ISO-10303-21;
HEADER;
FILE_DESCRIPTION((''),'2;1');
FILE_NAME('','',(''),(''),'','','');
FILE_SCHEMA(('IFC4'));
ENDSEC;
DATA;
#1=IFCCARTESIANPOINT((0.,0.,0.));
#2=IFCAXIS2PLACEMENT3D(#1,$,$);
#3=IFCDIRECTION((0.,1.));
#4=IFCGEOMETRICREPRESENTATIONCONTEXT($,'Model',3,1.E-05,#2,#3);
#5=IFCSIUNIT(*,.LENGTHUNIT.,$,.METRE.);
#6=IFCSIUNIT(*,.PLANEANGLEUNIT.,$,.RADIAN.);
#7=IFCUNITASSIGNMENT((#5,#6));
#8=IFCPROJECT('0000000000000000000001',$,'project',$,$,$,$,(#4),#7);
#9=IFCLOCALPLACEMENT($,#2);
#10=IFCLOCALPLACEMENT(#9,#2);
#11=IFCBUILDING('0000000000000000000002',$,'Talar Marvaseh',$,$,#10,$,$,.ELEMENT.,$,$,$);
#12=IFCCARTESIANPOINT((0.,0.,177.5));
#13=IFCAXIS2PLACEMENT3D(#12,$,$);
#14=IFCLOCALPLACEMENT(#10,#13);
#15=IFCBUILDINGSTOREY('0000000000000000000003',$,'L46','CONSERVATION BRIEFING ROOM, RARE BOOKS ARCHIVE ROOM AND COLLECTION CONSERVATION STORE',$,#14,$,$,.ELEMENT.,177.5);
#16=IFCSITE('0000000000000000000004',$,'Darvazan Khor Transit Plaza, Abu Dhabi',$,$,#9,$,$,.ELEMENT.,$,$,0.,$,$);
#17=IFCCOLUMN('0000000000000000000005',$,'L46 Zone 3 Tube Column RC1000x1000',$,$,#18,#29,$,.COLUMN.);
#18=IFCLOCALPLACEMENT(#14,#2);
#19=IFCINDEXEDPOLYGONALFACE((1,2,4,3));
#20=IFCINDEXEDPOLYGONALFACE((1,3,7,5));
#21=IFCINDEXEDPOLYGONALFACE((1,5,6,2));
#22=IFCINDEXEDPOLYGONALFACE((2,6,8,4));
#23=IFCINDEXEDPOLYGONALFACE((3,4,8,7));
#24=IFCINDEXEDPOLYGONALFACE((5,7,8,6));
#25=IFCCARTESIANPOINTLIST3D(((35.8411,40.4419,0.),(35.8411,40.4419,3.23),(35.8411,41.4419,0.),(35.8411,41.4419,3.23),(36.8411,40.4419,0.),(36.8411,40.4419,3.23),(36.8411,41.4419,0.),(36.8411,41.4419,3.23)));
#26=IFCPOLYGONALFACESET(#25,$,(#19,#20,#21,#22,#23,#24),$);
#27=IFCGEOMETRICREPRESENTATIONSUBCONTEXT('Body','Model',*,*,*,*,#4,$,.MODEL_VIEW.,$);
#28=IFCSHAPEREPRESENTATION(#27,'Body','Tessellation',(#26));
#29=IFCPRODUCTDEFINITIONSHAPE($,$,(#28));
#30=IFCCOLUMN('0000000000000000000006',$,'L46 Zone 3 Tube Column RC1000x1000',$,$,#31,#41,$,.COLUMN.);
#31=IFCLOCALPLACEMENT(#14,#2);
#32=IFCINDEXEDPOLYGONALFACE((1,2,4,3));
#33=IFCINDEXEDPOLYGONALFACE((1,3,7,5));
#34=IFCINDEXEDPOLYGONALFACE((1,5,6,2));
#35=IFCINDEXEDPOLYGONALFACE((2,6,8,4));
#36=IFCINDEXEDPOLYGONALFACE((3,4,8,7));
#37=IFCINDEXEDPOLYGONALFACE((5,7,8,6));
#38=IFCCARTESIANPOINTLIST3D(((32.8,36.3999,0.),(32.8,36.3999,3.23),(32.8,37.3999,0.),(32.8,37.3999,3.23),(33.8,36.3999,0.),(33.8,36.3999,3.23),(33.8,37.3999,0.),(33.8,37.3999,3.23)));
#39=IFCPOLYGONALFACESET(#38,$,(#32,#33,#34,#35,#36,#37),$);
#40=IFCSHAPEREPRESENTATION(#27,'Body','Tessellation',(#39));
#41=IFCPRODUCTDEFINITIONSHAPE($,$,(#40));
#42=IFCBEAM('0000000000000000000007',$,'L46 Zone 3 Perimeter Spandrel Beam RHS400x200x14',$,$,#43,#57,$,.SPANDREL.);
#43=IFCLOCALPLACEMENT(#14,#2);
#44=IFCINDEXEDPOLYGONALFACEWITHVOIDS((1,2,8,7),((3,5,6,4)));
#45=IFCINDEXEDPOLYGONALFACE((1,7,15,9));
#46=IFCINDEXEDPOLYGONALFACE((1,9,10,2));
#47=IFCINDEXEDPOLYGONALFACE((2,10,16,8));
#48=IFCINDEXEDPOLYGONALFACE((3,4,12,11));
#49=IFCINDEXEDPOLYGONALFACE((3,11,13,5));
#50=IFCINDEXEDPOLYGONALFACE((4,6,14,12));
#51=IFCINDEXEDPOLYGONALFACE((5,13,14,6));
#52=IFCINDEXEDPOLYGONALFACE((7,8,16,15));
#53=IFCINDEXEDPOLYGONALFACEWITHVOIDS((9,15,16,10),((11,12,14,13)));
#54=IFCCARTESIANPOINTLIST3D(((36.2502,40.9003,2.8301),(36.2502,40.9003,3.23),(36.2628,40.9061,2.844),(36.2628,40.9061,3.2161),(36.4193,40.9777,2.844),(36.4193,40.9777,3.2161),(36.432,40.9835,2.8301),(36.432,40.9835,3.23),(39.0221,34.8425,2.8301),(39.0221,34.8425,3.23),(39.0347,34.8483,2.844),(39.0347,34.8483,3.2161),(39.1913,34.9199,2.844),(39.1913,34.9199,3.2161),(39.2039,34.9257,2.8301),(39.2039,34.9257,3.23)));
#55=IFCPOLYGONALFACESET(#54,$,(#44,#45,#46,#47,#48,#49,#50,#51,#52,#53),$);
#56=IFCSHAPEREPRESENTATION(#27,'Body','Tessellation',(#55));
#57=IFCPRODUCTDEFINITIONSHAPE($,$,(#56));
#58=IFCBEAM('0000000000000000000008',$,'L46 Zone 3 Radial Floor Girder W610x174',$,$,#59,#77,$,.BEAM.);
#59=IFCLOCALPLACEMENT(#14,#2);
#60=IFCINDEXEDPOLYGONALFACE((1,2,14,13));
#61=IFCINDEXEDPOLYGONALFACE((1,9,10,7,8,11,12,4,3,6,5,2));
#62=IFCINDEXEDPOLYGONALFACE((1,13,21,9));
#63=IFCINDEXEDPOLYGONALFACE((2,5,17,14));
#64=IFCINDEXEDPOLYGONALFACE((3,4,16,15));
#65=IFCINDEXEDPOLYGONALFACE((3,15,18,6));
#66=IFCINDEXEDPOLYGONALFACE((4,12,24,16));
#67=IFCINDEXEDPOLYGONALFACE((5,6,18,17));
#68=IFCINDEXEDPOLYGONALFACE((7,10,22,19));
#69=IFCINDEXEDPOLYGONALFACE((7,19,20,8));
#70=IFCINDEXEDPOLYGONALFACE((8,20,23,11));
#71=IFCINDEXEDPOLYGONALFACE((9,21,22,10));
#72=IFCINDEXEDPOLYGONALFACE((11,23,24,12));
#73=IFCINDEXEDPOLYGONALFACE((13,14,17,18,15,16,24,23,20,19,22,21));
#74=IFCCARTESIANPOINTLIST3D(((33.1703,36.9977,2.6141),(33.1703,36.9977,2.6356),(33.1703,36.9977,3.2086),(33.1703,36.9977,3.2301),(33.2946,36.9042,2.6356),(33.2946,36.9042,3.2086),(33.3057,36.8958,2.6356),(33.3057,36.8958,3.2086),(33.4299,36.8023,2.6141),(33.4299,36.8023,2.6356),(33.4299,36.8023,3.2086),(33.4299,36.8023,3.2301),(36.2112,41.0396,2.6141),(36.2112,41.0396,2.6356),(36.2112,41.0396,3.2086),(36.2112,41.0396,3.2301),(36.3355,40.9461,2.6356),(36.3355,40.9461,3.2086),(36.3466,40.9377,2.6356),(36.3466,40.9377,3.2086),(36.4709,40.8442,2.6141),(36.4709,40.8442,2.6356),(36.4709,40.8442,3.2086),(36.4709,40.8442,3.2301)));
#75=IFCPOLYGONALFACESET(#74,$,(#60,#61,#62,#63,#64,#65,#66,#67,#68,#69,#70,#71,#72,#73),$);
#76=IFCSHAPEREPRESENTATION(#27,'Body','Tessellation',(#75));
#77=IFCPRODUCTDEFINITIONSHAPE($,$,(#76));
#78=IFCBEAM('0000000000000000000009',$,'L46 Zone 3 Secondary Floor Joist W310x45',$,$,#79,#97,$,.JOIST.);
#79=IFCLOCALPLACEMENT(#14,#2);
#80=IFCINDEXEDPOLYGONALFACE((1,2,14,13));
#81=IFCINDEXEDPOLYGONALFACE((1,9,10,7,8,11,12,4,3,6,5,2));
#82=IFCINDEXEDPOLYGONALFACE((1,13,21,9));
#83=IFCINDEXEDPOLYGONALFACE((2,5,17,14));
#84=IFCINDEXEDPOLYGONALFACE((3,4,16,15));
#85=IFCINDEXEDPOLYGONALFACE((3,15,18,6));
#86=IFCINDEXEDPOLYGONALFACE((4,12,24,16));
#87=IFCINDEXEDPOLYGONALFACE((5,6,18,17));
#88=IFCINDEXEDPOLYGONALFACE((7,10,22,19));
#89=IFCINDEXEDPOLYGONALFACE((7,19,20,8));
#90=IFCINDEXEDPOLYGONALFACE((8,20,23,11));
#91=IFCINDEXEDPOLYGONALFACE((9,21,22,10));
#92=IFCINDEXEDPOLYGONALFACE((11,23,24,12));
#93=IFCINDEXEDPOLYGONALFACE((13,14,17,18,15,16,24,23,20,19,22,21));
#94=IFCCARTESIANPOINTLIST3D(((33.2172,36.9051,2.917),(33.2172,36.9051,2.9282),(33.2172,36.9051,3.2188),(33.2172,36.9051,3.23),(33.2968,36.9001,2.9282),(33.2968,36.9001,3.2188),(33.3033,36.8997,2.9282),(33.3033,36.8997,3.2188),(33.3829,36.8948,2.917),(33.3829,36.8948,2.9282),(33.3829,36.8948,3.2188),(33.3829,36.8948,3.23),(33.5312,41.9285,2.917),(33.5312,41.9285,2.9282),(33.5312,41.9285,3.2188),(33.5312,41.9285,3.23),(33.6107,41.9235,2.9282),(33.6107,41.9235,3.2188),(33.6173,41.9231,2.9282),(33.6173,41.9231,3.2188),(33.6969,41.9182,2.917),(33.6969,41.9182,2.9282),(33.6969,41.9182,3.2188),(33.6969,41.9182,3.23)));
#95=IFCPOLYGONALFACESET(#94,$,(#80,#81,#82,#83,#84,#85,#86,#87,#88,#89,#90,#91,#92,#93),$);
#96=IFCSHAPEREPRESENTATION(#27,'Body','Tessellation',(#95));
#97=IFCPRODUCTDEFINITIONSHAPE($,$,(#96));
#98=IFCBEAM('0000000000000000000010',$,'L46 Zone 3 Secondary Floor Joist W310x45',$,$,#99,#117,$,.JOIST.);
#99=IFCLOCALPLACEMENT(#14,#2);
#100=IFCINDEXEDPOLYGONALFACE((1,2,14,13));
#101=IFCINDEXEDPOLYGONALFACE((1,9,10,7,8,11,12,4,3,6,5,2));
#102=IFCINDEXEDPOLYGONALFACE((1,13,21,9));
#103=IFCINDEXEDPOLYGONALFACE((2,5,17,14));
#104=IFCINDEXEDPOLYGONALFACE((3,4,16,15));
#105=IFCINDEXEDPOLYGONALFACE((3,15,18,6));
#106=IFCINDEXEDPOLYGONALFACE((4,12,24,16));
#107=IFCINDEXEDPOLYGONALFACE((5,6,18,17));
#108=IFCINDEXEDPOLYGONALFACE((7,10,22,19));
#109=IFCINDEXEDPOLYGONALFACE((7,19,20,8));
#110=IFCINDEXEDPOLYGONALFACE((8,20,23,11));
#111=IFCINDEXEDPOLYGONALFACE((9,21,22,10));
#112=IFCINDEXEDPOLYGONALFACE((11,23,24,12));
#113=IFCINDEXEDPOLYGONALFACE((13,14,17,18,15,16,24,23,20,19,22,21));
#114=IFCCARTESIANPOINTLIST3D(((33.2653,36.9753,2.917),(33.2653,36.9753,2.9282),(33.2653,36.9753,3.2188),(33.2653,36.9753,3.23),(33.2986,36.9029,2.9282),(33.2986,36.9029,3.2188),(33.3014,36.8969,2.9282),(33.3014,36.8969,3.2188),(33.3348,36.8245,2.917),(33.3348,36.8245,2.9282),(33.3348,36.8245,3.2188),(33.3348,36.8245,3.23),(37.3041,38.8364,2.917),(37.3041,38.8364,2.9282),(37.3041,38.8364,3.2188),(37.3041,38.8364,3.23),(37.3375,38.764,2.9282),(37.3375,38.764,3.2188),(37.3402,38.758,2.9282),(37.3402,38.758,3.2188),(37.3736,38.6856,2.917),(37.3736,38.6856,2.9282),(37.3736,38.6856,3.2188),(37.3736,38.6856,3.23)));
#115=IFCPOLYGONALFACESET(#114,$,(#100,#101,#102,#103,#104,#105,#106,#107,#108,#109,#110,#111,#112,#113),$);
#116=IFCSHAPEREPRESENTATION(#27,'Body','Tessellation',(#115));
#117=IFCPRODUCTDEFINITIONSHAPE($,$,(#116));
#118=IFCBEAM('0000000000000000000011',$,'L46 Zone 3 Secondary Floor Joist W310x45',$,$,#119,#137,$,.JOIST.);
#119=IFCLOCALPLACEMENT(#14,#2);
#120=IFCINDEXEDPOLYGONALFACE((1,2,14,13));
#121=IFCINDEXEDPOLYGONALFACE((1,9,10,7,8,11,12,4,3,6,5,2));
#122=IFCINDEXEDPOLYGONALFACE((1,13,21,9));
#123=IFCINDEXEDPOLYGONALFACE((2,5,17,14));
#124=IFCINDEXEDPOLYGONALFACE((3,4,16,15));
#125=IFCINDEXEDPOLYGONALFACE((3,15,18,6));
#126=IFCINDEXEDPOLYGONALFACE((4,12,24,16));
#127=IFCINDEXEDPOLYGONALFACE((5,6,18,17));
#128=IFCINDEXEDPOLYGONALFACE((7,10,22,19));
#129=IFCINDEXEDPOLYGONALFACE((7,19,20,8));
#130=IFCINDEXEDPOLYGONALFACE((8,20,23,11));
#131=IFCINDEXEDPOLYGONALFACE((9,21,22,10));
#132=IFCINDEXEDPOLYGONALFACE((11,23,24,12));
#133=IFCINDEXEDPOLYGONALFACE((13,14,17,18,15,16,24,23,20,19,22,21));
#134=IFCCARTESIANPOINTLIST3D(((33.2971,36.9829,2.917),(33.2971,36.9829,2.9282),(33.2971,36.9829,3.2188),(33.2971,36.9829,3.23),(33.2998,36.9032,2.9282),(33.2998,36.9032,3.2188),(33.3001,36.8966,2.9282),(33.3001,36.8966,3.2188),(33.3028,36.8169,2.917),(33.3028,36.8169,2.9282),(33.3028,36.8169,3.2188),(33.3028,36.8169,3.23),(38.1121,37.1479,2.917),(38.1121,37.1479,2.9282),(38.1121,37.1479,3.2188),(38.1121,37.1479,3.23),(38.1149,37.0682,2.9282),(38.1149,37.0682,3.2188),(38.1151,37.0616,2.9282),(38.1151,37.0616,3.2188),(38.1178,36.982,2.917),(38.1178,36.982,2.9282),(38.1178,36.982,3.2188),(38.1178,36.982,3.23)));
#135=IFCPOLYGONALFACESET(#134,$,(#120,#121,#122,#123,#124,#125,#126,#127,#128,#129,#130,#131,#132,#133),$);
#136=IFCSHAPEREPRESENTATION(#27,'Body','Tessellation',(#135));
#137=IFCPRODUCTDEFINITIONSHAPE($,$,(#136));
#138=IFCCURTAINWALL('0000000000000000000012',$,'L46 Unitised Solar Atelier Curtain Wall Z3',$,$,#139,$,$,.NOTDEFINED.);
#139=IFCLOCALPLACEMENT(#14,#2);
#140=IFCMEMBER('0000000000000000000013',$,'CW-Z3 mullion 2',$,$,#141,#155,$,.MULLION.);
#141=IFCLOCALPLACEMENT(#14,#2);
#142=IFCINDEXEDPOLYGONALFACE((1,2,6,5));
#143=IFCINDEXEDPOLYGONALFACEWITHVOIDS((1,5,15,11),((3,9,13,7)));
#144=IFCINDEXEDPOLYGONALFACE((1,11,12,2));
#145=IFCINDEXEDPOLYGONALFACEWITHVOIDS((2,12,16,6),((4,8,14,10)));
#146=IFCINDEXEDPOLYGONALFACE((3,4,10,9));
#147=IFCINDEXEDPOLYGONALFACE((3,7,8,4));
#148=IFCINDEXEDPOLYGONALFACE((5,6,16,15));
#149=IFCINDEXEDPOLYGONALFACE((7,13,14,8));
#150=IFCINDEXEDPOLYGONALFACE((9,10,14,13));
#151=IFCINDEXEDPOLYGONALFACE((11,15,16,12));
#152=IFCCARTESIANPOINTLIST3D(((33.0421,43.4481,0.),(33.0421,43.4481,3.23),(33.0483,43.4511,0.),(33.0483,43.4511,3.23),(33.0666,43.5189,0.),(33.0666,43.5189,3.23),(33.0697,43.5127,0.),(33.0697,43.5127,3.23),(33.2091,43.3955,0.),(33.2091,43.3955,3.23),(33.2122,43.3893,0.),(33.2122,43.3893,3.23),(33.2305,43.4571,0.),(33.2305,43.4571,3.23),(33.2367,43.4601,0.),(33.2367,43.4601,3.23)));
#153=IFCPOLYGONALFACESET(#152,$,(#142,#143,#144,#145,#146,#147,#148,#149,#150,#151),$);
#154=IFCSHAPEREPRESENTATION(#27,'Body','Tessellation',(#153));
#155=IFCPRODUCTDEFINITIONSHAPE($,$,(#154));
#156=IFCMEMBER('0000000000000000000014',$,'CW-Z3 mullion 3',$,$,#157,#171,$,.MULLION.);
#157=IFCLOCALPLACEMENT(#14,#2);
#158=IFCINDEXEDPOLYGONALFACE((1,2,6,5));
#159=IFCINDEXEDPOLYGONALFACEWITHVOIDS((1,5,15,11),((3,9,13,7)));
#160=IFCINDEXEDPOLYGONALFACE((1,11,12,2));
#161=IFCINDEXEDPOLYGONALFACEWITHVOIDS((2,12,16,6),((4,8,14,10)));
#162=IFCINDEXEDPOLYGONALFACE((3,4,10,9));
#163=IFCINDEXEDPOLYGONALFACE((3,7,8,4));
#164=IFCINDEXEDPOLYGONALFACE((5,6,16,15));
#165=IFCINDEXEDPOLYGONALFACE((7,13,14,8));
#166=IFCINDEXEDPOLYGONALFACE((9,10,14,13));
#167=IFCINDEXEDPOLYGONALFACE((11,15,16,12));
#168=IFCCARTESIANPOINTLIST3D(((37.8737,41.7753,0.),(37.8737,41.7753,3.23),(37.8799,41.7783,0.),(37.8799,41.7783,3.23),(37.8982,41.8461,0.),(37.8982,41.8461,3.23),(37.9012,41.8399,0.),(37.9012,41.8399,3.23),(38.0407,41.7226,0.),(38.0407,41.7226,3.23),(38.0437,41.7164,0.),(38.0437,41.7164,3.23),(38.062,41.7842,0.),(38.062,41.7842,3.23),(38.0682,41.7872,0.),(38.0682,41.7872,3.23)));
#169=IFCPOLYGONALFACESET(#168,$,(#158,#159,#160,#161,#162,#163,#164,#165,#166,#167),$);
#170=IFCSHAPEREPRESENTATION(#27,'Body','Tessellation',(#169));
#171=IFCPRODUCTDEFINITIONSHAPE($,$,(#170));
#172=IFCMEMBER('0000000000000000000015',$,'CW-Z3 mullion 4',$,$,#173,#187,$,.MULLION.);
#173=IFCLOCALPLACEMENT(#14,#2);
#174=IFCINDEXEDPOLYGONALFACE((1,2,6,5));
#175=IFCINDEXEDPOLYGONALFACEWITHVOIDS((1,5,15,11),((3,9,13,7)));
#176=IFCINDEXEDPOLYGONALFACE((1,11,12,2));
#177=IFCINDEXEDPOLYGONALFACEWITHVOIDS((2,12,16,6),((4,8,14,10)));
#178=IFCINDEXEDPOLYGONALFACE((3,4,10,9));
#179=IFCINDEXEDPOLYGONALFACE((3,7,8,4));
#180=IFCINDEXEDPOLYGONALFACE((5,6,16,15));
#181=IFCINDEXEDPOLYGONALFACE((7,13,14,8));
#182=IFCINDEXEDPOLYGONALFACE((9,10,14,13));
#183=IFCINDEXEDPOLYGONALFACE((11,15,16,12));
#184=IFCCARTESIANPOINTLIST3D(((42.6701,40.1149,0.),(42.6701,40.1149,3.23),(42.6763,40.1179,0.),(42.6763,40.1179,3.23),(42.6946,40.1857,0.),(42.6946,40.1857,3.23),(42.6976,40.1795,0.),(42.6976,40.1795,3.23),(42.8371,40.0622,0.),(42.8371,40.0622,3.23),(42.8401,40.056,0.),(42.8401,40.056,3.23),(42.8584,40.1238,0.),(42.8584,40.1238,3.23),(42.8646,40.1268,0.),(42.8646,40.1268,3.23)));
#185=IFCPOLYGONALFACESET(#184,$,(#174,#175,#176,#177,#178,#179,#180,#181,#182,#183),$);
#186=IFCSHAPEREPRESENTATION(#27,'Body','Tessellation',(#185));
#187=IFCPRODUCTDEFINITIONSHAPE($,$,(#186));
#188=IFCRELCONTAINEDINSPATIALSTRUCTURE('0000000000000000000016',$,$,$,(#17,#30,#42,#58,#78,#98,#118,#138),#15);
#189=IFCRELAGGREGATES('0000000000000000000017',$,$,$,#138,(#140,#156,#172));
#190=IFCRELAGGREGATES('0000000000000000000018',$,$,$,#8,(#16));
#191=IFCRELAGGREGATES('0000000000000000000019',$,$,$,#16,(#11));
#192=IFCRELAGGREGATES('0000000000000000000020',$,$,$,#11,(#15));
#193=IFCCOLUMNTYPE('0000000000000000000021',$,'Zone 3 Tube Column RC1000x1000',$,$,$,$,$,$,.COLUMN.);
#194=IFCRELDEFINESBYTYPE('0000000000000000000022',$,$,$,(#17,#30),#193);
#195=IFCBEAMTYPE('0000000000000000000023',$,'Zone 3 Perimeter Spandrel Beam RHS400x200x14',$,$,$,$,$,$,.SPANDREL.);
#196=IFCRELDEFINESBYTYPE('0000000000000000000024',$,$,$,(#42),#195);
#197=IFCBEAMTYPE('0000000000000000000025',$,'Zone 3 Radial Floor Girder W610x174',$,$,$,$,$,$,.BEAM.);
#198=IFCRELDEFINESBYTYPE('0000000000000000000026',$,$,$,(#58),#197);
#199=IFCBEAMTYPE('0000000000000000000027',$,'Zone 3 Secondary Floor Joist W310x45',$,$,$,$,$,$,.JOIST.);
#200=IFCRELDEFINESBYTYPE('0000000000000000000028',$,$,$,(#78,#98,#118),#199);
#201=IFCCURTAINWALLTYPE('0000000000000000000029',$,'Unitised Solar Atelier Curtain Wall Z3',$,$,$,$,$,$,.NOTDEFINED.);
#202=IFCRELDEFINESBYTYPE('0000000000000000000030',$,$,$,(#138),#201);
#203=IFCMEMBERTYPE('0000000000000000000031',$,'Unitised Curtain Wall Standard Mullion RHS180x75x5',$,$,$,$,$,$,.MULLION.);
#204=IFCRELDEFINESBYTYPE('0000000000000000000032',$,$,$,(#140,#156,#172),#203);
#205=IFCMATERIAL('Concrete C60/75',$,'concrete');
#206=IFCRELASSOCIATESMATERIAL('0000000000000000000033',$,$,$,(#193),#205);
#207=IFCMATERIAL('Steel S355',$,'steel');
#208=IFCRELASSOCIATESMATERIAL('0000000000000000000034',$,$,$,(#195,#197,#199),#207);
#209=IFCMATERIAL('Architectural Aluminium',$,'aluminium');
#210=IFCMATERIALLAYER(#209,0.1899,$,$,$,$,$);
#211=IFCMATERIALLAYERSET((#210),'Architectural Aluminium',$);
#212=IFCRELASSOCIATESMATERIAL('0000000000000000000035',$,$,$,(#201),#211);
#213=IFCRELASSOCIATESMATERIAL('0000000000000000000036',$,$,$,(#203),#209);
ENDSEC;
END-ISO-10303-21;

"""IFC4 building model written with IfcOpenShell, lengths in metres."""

from ifc_helpers import new_model, si_unit, direction, frame, origin, origin_2d, place, context, subcontext, project, spatial, rectangle, hollow_rectangle, i_section, extrude, source, transform, mapped, material, layer, layer_set, material_profile, profile_set, type_object, type_shapes, element, aggregate, save


model = new_model("IFC4")

# Units and contexts
model_context = context("Model", 3, precision=1e-05, world=origin(), true_north=direction((0.0, 1.0)))
body_context = subcontext(model_context, "Body", "Model", "MODEL_VIEW")
ifc_project = project(units=[si_unit("LENGTHUNIT", "METRE"), si_unit("PLANEANGLEUNIT", "RADIAN")], contexts=[model_context])

# Site, building, storey
site_placement = place(None, origin())
site = spatial("IfcSite", under=ifc_project, at=site_placement, Name="Darvazan Khor Transit Plaza, Abu Dhabi", CompositionType="ELEMENT", RefElevation=0.0)
building_placement = place(site_placement, origin())
building = spatial("IfcBuilding", under=site, at=building_placement, Name="Talar Marvaseh", CompositionType="ELEMENT")
storey_placement = place(building_placement, frame((0.0, 0.0, 177.5)))
storey = spatial("IfcBuildingStorey", under=building, at=storey_placement, Name="L46", Description="CONSERVATION BRIEFING ROOM, RARE BOOKS ARCHIVE ROOM AND COLLECTION CONSERVATION STORE", CompositionType="ELEMENT", Elevation=177.5)

# Columns
ifc_material_1 = material(Name="Concrete C60/75", Category="concrete")
ifc_material_profile_1 = material_profile(ifc_material_1, rectangle(XDim=1.0, YDim=1.0, at=origin_2d()), Name="RC1000x1000")
ifc_profile_set_1 = profile_set([ifc_material_profile_1], Name="Concrete C60/75")
column_type = type_object("IfcColumnType", Name="Zone 3 Tube Column RC1000x1000", PredefinedType="COLUMN", material=ifc_profile_set_1)
for number, where, z_axis, x_axis, name in (
    (1, (36.3411, 40.9419, 0.0), (0.0, 0.0, 1.0), (1.0, 0.0, 0.0), "L46 Zone 3 Tube Column RC1000x1000"),
    (2, (33.3, 36.8999, 0.0), (0.0, 0.0, 1.0), (1.0, 0.0, 0.0), "L46 Zone 3 Tube Column RC1000x1000"),
):
    element("IfcColumn", number, at=place(storey_placement, frame(where, z_axis=z_axis, x_axis=x_axis)), inside=storey, type_object=column_type, Name=name, PredefinedType="COLUMN", context=body_context, shape_type="SweptSolid", body=[
        extrude(rectangle(XDim=1.0, YDim=1.0, at=origin_2d()), origin(), (0.0, 0.0, 1.0), 3.23),
    ])

# Beams
ifc_material_2 = material(Name="Steel S355", Category="steel")
ifc_material_profile_2 = material_profile(ifc_material_2, hollow_rectangle(XDim=0.2, YDim=0.3999, WallThickness=0.0139, at=origin_2d()), Name="RHS400x200x14")
ifc_profile_set_2 = profile_set([ifc_material_profile_2], Name="Steel S355")
beam_type_1 = type_object("IfcBeamType", Name="Zone 3 Perimeter Spandrel Beam RHS400x200x14", PredefinedType="SPANDREL", material=ifc_profile_set_2)
beam_1_placement = place(storey_placement, frame((36.3411, 40.9419, 3.03), z_axis=(0.416091, -0.909323, 0.0), x_axis=(0.909323, 0.416091, 0.0)))
element("IfcBeam", 3, at=beam_1_placement, inside=storey, type_object=beam_type_1, Name="L46 Zone 3 Perimeter Spandrel Beam RHS400x200x14", PredefinedType="SPANDREL", context=body_context, shape_type="SweptSolid", body=[
    extrude(hollow_rectangle(XDim=0.2, YDim=0.3999, WallThickness=0.0139, at=origin_2d()), origin(), (0.0, 0.0, 1.0), 6.6619),
])
ifc_material_profile_3 = material_profile(ifc_material_2, i_section(OverallWidth=0.325, OverallDepth=0.616, WebThickness=0.0139, FlangeThickness=0.0215, at=origin_2d()), Name="W610x174")
ifc_profile_set_3 = profile_set([ifc_material_profile_3], Name="Steel S355")
beam_type_2 = type_object("IfcBeamType", Name="Zone 3 Radial Floor Girder W610x174", PredefinedType="BEAM", material=ifc_profile_set_3)
beam_2_placement = place(storey_placement, frame((36.3411, 40.9419, 2.9221), z_axis=(-0.601204, -0.799096, 0.0), x_axis=(0.799096, -0.601204, 0.0)))
element("IfcBeam", 4, at=beam_2_placement, inside=storey, type_object=beam_type_2, Name="L46 Zone 3 Radial Floor Girder W610x174", PredefinedType="BEAM", context=body_context, shape_type="SweptSolid", body=[
    extrude(i_section(OverallWidth=0.325, OverallDepth=0.616, WebThickness=0.0139, FlangeThickness=0.0215, at=origin_2d()), origin(), (0.0, 0.0, 1.0), 5.0581),
])
ifc_material_profile_4 = material_profile(ifc_material_2, i_section(OverallWidth=0.166, OverallDepth=0.313, WebThickness=0.0066, FlangeThickness=0.0112, at=origin_2d()), Name="W310x45")
ifc_profile_set_4 = profile_set([ifc_material_profile_4], Name="Steel S355")
beam_type_3 = type_object("IfcBeamType", Name="Zone 3 Secondary Floor Joist W310x45", PredefinedType="JOIST", material=ifc_profile_set_4)
beam_3_placement = place(storey_placement, frame((33.614, 41.9233, 3.0735), z_axis=(-0.062378, -0.998053, 0.0), x_axis=(0.998053, -0.062378, 0.0)))
element("IfcBeam", 5, at=beam_3_placement, inside=storey, type_object=beam_type_3, Name="L46 Zone 3 Secondary Floor Joist W310x45", PredefinedType="JOIST", context=body_context, shape_type="SweptSolid", body=[
    extrude(i_section(OverallWidth=0.166, OverallDepth=0.313, WebThickness=0.0066, FlangeThickness=0.0112, at=origin_2d()), origin(), (0.0, 0.0, 1.0), 5.0332),
])
beam_4_placement = place(storey_placement, frame((37.3389, 38.761, 3.0735), z_axis=(-0.908215, -0.418505, 0.0), x_axis=(0.418505, -0.908215, 0.0)))
element("IfcBeam", 6, at=beam_4_placement, inside=storey, type_object=beam_type_3, Name="L46 Zone 3 Secondary Floor Joist W310x45", PredefinedType="JOIST", context=body_context, shape_type="SweptSolid", body=[
    extrude(i_section(OverallWidth=0.166, OverallDepth=0.313, WebThickness=0.0066, FlangeThickness=0.0112, at=origin_2d()), origin(), (0.0, 0.0, 1.0), 4.447),
])
beam_5_placement = place(storey_placement, frame((38.115, 37.0649, 3.0735), z_axis=(-0.999413, -0.034256, 0.0), x_axis=(0.034256, -0.999413, 0.0)))
element("IfcBeam", 7, at=beam_5_placement, inside=storey, type_object=beam_type_3, Name="L46 Zone 3 Secondary Floor Joist W310x45", PredefinedType="JOIST", context=body_context, shape_type="SweptSolid", body=[
    extrude(i_section(OverallWidth=0.166, OverallDepth=0.313, WebThickness=0.0066, FlangeThickness=0.0112, at=origin_2d()), origin(), (0.0, 0.0, 1.0), 4.8179),
])

# Curtain wall, members
ifc_material_3 = material(Name="Architectural Aluminium", Category="aluminium")
ifc_layer_1 = layer(ifc_material_3, 0.1899)
ifc_layer_set_1 = layer_set([ifc_layer_1], Name="Architectural Aluminium")
curtain_wall_type = type_object("IfcCurtainWallType", Name="Unitised Solar Atelier Curtain Wall Z3", PredefinedType="NOTDEFINED", material=ifc_layer_set_1)
curtain_wall_1_placement = place(storey_placement, origin())
curtain_wall_1 = element("IfcCurtainWall", 8, at=curtain_wall_1_placement, inside=storey, type_object=curtain_wall_type, Name="L46 Unitised Solar Atelier Curtain Wall Z3", PredefinedType="NOTDEFINED")
ifc_material_profile_5 = material_profile(ifc_material_3, hollow_rectangle(XDim=0.075, YDim=0.1799, WallThickness=0.0049, at=origin_2d()), Name="RHS180x75x5")
ifc_profile_set_5 = profile_set([ifc_material_profile_5], Name="Architectural Aluminium")
member_type_1 = type_object("IfcMemberType", Name="Unitised Curtain Wall Standard Mullion RHS180x75x5", PredefinedType="MULLION", material=ifc_profile_set_5)
shared_shape_1 = source(origin(), body_context, "Body", "SweptSolid", [
    extrude(hollow_rectangle(XDim=0.075, YDim=0.1799, WallThickness=0.0049, at=origin_2d()), origin(), (0.0, 0.0, 1.0), 3.23),
])
type_shapes(member_type_1, [shared_shape_1])
member_1_placement = place(storey_placement, frame((33.1394, 43.4541, 0.0), z_axis=(0.0, 0.0, 1.0), x_axis=(0.327157, 0.94497, 0.0)))
member_1 = element("IfcMember", 9, at=member_1_placement, type_object=member_type_1, Name="CW-Z3 mullion 2", PredefinedType="MULLION", context=body_context, shape_type="MappedRepresentation", body=[
    mapped(shared_shape_1, transform((0.0, 0.0, 0.0), x_axis=(1.0, 0.0, 0.0), y_axis=(0.0, 1.0, 0.0), z_axis=(0.0, 0.0, 1.0), scale=1.0)),
])
member_2_placement = place(storey_placement, frame((37.9709, 41.7812, 0.0), z_axis=(0.0, 0.0, 1.0), x_axis=(0.327157, 0.94497, 0.0)))
member_2 = element("IfcMember", 10, at=member_2_placement, type_object=member_type_1, Name="CW-Z3 mullion 3", PredefinedType="MULLION", context=body_context, shape_type="MappedRepresentation", body=[
    mapped(shared_shape_1, transform((0.0, 0.0, 0.0), x_axis=(1.0, 0.0, 0.0), y_axis=(0.0, 1.0, 0.0), z_axis=(0.0, 0.0, 1.0), scale=1.0)),
])
member_3_placement = place(storey_placement, frame((42.7673, 40.1208, 0.0), z_axis=(0.0, 0.0, 1.0), x_axis=(0.327157, 0.94497, 0.0)))
member_3 = element("IfcMember", 11, at=member_3_placement, type_object=member_type_1, Name="CW-Z3 mullion 4", PredefinedType="MULLION", context=body_context, shape_type="MappedRepresentation", body=[
    mapped(shared_shape_1, transform((0.0, 0.0, 0.0), x_axis=(1.0, 0.0, 0.0), y_axis=(0.0, 1.0, 0.0), z_axis=(0.0, 0.0, 1.0), scale=1.0)),
])

aggregate(curtain_wall_1, [member_1, member_2, member_3])

save(model, "model.ifc")
